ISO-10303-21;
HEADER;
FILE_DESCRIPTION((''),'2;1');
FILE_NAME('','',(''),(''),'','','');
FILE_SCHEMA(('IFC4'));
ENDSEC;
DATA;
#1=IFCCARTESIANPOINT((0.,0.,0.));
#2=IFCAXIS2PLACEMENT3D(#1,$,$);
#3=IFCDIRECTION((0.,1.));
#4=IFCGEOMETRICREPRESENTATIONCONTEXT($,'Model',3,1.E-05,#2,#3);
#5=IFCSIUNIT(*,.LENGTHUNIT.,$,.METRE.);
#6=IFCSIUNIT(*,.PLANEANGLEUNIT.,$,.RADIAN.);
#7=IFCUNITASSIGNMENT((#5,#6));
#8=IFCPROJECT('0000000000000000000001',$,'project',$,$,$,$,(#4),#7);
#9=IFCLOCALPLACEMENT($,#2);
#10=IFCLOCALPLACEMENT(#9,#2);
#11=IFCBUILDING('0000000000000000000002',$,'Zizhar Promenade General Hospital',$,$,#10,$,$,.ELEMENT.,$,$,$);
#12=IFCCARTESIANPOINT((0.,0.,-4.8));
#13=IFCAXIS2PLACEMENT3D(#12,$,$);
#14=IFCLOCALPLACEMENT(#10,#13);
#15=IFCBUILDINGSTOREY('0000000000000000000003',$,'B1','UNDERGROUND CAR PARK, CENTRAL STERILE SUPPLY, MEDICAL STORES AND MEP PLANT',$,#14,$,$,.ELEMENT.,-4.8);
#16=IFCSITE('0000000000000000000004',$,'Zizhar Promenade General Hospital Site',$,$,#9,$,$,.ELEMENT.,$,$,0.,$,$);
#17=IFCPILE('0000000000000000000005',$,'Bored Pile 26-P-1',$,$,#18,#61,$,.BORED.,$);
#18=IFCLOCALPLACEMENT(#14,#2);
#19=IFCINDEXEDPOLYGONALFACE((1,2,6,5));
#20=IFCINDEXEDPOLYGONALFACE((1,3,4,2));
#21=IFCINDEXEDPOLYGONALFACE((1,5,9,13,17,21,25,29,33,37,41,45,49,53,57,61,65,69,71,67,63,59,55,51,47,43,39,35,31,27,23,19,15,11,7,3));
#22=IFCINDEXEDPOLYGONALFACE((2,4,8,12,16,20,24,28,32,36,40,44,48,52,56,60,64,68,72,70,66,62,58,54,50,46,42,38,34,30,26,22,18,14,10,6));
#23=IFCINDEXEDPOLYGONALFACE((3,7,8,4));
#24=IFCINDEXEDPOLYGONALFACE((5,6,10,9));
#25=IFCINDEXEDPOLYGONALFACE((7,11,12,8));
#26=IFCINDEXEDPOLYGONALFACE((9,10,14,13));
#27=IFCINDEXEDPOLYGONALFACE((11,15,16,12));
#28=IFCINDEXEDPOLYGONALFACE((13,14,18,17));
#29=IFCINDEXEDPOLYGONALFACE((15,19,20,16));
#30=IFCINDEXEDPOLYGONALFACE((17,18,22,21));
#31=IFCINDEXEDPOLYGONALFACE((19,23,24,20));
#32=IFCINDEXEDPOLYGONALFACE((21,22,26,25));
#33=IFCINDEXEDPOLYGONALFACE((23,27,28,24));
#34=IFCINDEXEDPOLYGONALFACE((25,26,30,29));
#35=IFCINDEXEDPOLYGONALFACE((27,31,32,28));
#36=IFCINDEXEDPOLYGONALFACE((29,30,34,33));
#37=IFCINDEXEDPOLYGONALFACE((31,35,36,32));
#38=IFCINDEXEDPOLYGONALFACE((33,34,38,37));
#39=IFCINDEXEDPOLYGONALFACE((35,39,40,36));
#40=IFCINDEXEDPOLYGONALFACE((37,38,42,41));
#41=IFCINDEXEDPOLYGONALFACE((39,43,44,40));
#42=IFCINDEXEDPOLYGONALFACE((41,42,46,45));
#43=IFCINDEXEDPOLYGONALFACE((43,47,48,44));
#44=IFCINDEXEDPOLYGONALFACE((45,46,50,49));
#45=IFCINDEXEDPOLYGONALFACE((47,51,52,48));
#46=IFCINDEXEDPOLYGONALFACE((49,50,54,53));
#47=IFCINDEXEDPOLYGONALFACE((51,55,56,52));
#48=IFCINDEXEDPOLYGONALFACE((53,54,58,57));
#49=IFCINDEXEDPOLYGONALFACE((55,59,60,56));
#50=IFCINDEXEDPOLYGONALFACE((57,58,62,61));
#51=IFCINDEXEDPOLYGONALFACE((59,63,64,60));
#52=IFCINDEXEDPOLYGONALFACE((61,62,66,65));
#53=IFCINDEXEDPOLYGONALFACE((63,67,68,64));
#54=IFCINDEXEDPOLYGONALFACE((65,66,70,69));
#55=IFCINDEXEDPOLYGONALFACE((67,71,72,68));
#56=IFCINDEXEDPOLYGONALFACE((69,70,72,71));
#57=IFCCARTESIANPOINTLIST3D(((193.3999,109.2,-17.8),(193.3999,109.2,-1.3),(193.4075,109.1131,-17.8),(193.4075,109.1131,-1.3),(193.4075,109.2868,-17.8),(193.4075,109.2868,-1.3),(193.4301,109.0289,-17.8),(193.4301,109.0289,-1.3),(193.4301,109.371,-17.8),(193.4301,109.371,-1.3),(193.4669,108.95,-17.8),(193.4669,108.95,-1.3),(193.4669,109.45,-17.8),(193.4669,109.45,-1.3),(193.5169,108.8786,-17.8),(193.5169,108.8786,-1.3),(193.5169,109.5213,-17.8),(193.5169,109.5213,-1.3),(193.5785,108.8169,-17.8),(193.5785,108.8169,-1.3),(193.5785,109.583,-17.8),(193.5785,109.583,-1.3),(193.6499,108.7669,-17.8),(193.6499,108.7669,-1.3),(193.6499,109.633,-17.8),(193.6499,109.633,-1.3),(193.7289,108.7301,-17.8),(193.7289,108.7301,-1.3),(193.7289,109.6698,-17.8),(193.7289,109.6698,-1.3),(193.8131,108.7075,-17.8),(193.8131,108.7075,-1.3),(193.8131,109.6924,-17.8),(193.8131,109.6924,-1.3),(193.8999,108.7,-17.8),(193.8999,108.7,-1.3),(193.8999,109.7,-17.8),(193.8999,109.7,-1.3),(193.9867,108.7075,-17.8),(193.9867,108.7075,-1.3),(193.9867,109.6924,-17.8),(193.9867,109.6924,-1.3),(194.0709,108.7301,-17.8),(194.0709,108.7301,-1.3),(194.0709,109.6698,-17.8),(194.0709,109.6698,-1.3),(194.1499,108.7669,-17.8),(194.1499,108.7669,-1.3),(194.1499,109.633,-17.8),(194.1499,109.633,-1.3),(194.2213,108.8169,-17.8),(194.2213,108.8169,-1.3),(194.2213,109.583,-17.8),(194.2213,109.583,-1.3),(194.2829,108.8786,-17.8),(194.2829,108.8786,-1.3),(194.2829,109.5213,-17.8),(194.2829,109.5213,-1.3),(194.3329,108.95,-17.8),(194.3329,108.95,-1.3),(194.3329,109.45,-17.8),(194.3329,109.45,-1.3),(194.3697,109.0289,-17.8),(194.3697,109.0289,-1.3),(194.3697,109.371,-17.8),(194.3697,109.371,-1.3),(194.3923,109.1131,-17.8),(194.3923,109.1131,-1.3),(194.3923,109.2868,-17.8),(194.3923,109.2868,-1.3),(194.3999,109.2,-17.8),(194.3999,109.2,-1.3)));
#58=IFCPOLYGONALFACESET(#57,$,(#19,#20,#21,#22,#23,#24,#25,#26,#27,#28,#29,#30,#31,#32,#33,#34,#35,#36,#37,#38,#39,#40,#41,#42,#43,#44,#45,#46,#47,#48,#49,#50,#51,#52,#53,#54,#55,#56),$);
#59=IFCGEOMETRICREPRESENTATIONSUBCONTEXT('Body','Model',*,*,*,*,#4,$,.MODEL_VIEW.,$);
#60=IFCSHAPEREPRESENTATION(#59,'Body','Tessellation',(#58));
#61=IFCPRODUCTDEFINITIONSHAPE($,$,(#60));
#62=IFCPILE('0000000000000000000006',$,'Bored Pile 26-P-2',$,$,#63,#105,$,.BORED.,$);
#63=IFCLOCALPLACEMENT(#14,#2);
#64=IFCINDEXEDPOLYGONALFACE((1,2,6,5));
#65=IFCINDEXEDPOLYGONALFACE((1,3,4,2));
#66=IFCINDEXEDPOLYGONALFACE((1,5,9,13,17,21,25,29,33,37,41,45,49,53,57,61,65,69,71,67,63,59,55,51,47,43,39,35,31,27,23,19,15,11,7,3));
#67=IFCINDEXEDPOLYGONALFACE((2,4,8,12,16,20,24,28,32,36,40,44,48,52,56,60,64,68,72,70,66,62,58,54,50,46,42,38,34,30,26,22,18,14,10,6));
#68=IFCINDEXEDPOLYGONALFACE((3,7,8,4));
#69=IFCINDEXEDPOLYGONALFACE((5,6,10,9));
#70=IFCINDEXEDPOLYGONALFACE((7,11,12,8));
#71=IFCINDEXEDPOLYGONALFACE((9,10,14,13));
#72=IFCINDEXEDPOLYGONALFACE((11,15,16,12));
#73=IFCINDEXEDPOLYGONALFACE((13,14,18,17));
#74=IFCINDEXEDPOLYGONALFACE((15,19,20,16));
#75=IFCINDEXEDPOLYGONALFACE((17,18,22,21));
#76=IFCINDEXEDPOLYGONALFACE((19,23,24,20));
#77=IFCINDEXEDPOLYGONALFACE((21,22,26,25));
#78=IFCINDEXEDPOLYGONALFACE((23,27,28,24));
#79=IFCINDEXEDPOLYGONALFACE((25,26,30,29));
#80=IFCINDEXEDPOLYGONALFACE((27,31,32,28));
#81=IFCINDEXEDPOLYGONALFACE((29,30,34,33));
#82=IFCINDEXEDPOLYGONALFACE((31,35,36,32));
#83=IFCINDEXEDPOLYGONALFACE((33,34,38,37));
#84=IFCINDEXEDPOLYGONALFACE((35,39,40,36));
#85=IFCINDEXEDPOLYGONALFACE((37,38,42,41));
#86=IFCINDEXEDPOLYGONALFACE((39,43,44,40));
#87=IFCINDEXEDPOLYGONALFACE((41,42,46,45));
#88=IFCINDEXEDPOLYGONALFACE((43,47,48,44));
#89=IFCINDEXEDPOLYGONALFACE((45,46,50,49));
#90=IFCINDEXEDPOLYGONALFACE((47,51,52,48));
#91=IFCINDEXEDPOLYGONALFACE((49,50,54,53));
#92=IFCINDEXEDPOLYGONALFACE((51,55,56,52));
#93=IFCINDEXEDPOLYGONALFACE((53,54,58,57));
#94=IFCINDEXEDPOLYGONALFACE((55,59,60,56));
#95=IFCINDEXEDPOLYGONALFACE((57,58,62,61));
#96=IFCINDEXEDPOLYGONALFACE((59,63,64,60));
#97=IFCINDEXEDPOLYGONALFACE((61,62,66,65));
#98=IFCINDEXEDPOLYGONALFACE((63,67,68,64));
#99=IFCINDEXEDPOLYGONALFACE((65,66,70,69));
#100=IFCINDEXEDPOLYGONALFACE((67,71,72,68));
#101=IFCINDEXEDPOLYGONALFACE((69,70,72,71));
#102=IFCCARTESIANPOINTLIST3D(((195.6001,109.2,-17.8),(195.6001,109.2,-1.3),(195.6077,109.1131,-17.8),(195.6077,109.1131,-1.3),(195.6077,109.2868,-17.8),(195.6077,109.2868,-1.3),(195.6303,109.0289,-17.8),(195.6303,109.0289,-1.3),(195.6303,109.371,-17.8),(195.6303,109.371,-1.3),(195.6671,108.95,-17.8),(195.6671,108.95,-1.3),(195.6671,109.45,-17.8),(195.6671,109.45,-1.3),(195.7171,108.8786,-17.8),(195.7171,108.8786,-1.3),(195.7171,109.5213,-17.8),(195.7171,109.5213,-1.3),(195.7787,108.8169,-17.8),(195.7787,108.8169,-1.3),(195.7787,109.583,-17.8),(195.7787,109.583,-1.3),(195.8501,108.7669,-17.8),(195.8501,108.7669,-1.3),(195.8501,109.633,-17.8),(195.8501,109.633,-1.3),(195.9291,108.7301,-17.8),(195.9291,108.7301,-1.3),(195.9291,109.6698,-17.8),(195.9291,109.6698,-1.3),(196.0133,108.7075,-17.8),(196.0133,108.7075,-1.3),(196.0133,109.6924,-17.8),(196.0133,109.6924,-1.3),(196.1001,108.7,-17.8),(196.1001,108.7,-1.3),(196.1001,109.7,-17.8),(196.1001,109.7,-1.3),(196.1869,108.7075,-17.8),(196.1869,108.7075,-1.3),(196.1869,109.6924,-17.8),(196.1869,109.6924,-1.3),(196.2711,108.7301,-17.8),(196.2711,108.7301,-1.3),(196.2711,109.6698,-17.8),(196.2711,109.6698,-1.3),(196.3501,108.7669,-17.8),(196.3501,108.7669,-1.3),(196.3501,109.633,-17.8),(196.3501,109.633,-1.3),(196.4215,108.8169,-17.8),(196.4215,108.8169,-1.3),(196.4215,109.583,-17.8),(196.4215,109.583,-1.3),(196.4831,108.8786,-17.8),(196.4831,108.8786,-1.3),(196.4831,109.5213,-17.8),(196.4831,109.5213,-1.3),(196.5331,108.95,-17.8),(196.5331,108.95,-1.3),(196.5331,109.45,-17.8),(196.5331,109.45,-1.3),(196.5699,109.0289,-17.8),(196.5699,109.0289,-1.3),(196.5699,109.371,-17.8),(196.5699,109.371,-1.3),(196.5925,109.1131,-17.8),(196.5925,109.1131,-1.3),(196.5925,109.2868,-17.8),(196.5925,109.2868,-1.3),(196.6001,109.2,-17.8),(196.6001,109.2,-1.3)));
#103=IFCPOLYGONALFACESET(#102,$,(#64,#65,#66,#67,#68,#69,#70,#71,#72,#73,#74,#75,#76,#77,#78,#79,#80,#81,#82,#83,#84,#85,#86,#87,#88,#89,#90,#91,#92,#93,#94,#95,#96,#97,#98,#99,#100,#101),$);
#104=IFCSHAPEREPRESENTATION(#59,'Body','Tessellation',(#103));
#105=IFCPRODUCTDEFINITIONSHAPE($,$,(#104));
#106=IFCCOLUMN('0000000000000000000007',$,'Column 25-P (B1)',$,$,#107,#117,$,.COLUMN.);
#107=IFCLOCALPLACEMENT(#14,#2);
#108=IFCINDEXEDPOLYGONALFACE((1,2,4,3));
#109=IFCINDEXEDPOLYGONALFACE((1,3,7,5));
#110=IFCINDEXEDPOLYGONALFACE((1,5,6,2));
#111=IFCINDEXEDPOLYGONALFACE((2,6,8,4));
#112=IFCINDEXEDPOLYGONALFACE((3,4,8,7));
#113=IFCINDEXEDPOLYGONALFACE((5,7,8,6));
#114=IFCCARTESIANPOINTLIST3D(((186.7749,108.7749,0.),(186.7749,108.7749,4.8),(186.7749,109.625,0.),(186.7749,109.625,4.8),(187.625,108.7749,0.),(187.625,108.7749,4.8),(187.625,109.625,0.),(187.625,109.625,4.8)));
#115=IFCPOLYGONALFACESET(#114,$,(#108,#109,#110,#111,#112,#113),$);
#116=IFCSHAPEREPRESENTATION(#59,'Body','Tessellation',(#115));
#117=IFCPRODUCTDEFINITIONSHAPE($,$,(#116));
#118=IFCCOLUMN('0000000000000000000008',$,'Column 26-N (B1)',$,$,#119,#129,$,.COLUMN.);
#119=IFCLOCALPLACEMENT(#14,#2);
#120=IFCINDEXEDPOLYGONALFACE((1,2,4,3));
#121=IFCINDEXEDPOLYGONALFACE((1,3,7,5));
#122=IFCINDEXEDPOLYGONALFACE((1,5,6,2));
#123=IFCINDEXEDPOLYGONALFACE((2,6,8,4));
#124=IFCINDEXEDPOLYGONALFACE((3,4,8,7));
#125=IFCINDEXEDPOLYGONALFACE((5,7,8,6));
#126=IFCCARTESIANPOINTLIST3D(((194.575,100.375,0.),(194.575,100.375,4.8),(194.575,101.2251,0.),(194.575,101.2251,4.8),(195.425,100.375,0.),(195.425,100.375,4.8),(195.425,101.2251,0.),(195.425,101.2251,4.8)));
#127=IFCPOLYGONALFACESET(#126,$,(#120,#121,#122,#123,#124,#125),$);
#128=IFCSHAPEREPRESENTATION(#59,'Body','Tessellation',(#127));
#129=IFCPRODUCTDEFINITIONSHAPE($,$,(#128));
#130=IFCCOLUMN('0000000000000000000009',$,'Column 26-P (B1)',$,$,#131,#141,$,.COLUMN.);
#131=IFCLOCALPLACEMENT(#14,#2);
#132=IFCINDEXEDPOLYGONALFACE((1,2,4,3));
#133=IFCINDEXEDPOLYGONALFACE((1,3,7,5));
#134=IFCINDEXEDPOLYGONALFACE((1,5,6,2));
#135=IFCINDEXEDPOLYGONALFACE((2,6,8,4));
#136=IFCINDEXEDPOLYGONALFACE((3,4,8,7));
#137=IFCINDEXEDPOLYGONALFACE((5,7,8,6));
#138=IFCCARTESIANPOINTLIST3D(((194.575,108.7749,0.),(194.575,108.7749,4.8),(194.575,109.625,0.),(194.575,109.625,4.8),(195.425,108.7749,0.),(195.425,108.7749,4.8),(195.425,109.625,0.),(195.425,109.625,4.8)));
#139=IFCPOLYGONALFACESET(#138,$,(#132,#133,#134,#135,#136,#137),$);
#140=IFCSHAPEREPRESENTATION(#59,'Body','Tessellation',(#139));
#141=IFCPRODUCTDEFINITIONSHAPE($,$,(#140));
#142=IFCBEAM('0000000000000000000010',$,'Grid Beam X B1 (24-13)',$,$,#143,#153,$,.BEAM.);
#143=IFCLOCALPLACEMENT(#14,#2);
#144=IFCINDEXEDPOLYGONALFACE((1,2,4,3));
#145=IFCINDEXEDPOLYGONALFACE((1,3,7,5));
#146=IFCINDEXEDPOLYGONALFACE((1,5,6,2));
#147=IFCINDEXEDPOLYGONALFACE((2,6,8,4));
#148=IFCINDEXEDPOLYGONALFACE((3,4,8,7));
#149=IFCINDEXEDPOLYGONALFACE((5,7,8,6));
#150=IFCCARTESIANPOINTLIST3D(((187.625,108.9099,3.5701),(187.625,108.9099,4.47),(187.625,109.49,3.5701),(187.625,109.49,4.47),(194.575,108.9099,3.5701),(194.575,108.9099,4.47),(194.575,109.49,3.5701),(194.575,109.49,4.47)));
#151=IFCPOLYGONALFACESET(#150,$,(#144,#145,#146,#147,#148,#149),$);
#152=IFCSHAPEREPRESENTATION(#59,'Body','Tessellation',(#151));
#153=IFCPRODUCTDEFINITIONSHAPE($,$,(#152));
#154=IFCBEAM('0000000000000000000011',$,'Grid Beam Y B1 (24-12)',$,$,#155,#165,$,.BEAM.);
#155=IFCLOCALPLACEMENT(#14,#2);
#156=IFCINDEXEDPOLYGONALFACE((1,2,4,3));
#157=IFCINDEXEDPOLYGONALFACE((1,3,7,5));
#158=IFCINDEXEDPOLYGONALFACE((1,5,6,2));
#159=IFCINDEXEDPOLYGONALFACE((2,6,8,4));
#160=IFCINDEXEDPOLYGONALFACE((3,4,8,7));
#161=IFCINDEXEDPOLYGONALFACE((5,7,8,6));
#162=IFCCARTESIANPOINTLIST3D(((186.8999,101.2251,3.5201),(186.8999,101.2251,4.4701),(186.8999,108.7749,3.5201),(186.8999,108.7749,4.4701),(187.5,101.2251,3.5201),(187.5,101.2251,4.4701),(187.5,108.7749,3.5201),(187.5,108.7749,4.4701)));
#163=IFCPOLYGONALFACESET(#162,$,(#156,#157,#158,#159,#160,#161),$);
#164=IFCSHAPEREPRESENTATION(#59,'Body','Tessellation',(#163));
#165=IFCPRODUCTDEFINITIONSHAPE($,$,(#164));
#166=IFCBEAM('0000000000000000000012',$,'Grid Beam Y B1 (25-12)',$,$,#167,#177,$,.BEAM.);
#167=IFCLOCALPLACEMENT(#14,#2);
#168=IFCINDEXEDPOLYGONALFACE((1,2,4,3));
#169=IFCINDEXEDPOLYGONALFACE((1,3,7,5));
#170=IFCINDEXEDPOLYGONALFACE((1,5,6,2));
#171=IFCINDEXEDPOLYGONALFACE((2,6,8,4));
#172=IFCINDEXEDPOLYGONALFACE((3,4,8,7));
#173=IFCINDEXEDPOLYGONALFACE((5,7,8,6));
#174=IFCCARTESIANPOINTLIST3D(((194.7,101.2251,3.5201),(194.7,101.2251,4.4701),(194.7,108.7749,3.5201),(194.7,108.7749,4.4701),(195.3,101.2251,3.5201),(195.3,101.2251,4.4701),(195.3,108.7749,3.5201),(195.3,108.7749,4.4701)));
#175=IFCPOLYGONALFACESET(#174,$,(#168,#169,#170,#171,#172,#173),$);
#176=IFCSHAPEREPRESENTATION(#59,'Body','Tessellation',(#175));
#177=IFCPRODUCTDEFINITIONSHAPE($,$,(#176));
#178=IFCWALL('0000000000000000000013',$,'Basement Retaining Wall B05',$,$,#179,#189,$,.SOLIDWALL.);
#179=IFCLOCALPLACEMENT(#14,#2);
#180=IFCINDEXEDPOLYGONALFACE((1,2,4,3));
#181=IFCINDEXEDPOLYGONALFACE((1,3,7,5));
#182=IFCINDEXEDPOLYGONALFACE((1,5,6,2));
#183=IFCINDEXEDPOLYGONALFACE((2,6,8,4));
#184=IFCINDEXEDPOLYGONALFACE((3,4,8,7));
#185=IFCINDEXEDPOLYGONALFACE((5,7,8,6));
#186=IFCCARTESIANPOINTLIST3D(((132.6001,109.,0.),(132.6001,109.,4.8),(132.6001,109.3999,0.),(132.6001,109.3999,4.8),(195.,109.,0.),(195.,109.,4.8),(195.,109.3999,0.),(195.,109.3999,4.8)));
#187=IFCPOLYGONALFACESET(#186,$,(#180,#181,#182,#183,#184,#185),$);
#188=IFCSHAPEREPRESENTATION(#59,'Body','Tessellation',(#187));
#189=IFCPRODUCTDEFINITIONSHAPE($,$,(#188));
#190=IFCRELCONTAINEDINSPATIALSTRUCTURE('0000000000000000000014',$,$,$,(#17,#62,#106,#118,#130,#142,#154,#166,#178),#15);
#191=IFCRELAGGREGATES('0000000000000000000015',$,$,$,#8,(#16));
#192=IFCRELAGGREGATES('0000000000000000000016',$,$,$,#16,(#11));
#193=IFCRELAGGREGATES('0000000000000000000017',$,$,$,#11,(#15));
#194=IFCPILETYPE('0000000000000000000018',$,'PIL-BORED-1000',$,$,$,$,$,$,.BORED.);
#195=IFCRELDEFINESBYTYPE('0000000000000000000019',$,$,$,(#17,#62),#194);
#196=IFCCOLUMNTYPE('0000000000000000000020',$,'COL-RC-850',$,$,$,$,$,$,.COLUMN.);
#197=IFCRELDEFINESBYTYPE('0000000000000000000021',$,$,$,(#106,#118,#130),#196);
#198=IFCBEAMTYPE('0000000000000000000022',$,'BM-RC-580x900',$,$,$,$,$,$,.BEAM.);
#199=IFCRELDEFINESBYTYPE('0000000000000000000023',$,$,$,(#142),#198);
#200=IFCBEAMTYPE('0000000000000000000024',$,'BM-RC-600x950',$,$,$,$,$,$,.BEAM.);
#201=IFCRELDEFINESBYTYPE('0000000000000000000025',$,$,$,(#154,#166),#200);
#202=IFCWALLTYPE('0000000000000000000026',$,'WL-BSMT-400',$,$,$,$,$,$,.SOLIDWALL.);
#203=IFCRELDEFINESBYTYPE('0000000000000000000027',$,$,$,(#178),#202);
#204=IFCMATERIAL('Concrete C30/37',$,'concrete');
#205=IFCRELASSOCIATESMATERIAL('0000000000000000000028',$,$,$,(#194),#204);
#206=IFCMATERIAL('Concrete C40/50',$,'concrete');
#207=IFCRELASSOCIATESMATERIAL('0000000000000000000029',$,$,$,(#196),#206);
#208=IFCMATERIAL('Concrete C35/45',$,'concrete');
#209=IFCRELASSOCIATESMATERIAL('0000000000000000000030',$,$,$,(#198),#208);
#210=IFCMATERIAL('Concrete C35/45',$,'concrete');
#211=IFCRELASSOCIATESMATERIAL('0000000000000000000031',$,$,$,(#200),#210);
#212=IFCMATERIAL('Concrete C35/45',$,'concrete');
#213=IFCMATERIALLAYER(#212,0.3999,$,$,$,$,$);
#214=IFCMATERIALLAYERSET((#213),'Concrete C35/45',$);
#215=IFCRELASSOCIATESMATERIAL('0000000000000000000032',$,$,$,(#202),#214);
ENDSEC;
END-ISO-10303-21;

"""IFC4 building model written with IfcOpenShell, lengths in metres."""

from ifc_helpers import new_model, si_unit, direction, frame, frame_2d, origin, origin_2d, place, context, subcontext, project, spatial, rectangle, circle, extrude, material, layer, layer_set, material_profile, profile_set, type_object, element, save


model = new_model("IFC4")

# Units and contexts
model_context = context("Model", 3, precision=1e-05, world=origin(), true_north=direction((0.0, 1.0)))
body_context = subcontext(model_context, "Body", "Model", "MODEL_VIEW")
ifc_project = project(units=[si_unit("LENGTHUNIT", "METRE"), si_unit("PLANEANGLEUNIT", "RADIAN")], contexts=[model_context])

# Site, building, storey
site_placement = place(None, origin())
site = spatial("IfcSite", under=ifc_project, at=site_placement, Name="Zizhar Promenade General Hospital Site", CompositionType="ELEMENT", RefElevation=0.0)
building_placement = place(site_placement, origin())
building = spatial("IfcBuilding", under=site, at=building_placement, Name="Zizhar Promenade General Hospital", CompositionType="ELEMENT")
storey_placement = place(building_placement, frame((0.0, 0.0, -4.8)))
storey = spatial("IfcBuildingStorey", under=building, at=storey_placement, Name="B1", Description="UNDERGROUND CAR PARK, CENTRAL STERILE SUPPLY, MEDICAL STORES AND MEP PLANT", CompositionType="ELEMENT", Elevation=-4.8)

# Piles
ifc_material_1 = material(Name="Concrete C30/37", Category="concrete")
ifc_material_profile_1 = material_profile(ifc_material_1, circle(Radius=0.5, at=origin_2d()))
ifc_profile_set_1 = profile_set([ifc_material_profile_1], Name="Concrete C30/37")
pile_type = type_object("IfcPileType", Name="PIL-BORED-1000", PredefinedType="BORED", material=ifc_profile_set_1)
for number, where, z_axis, x_axis, name in (
    (1, (193.8999, 109.2, -1.3), (0.0, 0.0, -1.0), (1.0, 0.0, 0.0), "Bored Pile 26-P-1"),
    (2, (196.1001, 109.2, -1.3), (0.0, 0.0, -1.0), (1.0, 0.0, 0.0), "Bored Pile 26-P-2"),
):
    element("IfcPile", number, at=place(storey_placement, frame(where, z_axis=z_axis, x_axis=x_axis)), inside=storey, type_object=pile_type, Name=name, PredefinedType="BORED", context=body_context, shape_type="SweptSolid", body=[
        extrude(circle(Radius=0.5, at=origin_2d()), origin(), (0.0, 0.0, 1.0), 16.5),
    ])

# Columns
ifc_material_2 = material(Name="Concrete C40/50", Category="concrete")
ifc_material_profile_2 = material_profile(ifc_material_2, rectangle(XDim=0.8501, YDim=0.8501, at=origin_2d()))
ifc_profile_set_2 = profile_set([ifc_material_profile_2], Name="Concrete C40/50")
column_type = type_object("IfcColumnType", Name="COL-RC-850", PredefinedType="COLUMN", material=ifc_profile_set_2)
for number, where, z_axis, x_axis, name in (
    (3, (187.2, 109.2, 0.0), (0.0, 0.0, 1.0), (1.0, 0.0, 0.0), "Column 25-P (B1)"),
    (4, (195.0, 100.8, 0.0), (0.0, 0.0, 1.0), (1.0, 0.0, 0.0), "Column 26-N (B1)"),
    (5, (195.0, 109.2, 0.0), (0.0, 0.0, 1.0), (1.0, 0.0, 0.0), "Column 26-P (B1)"),
):
    element("IfcColumn", number, at=place(storey_placement, frame(where, z_axis=z_axis, x_axis=x_axis)), inside=storey, type_object=column_type, Name=name, PredefinedType="COLUMN", context=body_context, shape_type="SweptSolid", body=[
        extrude(rectangle(XDim=0.8501, YDim=0.8501, at=origin_2d()), origin(), (0.0, 0.0, 1.0), 4.8),
    ])

# Beams
ifc_material_3 = material(Name="Concrete C35/45", Category="concrete")
ifc_material_profile_3 = material_profile(ifc_material_3, rectangle(XDim=0.5801, YDim=0.8999, at=origin_2d()))
ifc_profile_set_3 = profile_set([ifc_material_profile_3], Name="Concrete C35/45")
beam_type_1 = type_object("IfcBeamType", Name="BM-RC-580x900", PredefinedType="BEAM", material=ifc_profile_set_3)
beam_placement = place(storey_placement, frame((187.625, 109.2, 4.02), z_axis=(1.0, 0.0, 0.0), x_axis=(0.0, 1.0, 0.0)))
element("IfcBeam", 6, at=beam_placement, inside=storey, type_object=beam_type_1, Name="Grid Beam X B1 (24-13)", PredefinedType="BEAM", context=body_context, shape_type="SweptSolid", body=[
    extrude(rectangle(XDim=0.5801, YDim=0.8999, at=origin_2d()), origin(), (0.0, 0.0, 1.0), 6.95),
])
ifc_material_4 = material(Name="Concrete C35/45", Category="concrete")
ifc_material_profile_4 = material_profile(ifc_material_4, rectangle(XDim=0.6001, YDim=0.95, at=origin_2d()))
ifc_profile_set_4 = profile_set([ifc_material_profile_4], Name="Concrete C35/45")
beam_type_2 = type_object("IfcBeamType", Name="BM-RC-600x950", PredefinedType="BEAM", material=ifc_profile_set_4)
for number, where, z_axis, x_axis, name in (
    (7, (187.2, 101.2251, 3.9951), (0.0, 1.0, 0.0), (-1.0, 0.0, 0.0), "Grid Beam Y B1 (24-12)"),
    (8, (195.0, 101.2251, 3.9951), (0.0, 1.0, 0.0), (-1.0, 0.0, 0.0), "Grid Beam Y B1 (25-12)"),
):
    element("IfcBeam", number, at=place(storey_placement, frame(where, z_axis=z_axis, x_axis=x_axis)), inside=storey, type_object=beam_type_2, Name=name, PredefinedType="BEAM", context=body_context, shape_type="SweptSolid", body=[
        extrude(rectangle(XDim=0.6001, YDim=0.95, at=origin_2d()), origin(), (0.0, 0.0, 1.0), 7.5498),
    ])

# Wall
ifc_material_5 = material(Name="Concrete C35/45", Category="concrete")
ifc_layer = layer(ifc_material_5, 0.3999)
ifc_layer_set = layer_set([ifc_layer], Name="Concrete C35/45")
wall_type = type_object("IfcWallType", Name="WL-BSMT-400", PredefinedType="SOLIDWALL", material=ifc_layer_set)
wall_placement = place(storey_placement, frame((195.0, 109.2, 0.0), z_axis=(0.0, 0.0, 1.0), x_axis=(-1.0, 0.0, 0.0)))
element("IfcWall", 9, at=wall_placement, inside=storey, type_object=wall_type, Name="Basement Retaining Wall B05", PredefinedType="SOLIDWALL", context=body_context, shape_type="SweptSolid", body=[
    extrude(rectangle(XDim=62.3999, YDim=0.3999, at=frame_2d((31.2, 0.0))), origin(), (0.0, 0.0, 1.0), 4.8),
])

save(model, "model.ifc")
